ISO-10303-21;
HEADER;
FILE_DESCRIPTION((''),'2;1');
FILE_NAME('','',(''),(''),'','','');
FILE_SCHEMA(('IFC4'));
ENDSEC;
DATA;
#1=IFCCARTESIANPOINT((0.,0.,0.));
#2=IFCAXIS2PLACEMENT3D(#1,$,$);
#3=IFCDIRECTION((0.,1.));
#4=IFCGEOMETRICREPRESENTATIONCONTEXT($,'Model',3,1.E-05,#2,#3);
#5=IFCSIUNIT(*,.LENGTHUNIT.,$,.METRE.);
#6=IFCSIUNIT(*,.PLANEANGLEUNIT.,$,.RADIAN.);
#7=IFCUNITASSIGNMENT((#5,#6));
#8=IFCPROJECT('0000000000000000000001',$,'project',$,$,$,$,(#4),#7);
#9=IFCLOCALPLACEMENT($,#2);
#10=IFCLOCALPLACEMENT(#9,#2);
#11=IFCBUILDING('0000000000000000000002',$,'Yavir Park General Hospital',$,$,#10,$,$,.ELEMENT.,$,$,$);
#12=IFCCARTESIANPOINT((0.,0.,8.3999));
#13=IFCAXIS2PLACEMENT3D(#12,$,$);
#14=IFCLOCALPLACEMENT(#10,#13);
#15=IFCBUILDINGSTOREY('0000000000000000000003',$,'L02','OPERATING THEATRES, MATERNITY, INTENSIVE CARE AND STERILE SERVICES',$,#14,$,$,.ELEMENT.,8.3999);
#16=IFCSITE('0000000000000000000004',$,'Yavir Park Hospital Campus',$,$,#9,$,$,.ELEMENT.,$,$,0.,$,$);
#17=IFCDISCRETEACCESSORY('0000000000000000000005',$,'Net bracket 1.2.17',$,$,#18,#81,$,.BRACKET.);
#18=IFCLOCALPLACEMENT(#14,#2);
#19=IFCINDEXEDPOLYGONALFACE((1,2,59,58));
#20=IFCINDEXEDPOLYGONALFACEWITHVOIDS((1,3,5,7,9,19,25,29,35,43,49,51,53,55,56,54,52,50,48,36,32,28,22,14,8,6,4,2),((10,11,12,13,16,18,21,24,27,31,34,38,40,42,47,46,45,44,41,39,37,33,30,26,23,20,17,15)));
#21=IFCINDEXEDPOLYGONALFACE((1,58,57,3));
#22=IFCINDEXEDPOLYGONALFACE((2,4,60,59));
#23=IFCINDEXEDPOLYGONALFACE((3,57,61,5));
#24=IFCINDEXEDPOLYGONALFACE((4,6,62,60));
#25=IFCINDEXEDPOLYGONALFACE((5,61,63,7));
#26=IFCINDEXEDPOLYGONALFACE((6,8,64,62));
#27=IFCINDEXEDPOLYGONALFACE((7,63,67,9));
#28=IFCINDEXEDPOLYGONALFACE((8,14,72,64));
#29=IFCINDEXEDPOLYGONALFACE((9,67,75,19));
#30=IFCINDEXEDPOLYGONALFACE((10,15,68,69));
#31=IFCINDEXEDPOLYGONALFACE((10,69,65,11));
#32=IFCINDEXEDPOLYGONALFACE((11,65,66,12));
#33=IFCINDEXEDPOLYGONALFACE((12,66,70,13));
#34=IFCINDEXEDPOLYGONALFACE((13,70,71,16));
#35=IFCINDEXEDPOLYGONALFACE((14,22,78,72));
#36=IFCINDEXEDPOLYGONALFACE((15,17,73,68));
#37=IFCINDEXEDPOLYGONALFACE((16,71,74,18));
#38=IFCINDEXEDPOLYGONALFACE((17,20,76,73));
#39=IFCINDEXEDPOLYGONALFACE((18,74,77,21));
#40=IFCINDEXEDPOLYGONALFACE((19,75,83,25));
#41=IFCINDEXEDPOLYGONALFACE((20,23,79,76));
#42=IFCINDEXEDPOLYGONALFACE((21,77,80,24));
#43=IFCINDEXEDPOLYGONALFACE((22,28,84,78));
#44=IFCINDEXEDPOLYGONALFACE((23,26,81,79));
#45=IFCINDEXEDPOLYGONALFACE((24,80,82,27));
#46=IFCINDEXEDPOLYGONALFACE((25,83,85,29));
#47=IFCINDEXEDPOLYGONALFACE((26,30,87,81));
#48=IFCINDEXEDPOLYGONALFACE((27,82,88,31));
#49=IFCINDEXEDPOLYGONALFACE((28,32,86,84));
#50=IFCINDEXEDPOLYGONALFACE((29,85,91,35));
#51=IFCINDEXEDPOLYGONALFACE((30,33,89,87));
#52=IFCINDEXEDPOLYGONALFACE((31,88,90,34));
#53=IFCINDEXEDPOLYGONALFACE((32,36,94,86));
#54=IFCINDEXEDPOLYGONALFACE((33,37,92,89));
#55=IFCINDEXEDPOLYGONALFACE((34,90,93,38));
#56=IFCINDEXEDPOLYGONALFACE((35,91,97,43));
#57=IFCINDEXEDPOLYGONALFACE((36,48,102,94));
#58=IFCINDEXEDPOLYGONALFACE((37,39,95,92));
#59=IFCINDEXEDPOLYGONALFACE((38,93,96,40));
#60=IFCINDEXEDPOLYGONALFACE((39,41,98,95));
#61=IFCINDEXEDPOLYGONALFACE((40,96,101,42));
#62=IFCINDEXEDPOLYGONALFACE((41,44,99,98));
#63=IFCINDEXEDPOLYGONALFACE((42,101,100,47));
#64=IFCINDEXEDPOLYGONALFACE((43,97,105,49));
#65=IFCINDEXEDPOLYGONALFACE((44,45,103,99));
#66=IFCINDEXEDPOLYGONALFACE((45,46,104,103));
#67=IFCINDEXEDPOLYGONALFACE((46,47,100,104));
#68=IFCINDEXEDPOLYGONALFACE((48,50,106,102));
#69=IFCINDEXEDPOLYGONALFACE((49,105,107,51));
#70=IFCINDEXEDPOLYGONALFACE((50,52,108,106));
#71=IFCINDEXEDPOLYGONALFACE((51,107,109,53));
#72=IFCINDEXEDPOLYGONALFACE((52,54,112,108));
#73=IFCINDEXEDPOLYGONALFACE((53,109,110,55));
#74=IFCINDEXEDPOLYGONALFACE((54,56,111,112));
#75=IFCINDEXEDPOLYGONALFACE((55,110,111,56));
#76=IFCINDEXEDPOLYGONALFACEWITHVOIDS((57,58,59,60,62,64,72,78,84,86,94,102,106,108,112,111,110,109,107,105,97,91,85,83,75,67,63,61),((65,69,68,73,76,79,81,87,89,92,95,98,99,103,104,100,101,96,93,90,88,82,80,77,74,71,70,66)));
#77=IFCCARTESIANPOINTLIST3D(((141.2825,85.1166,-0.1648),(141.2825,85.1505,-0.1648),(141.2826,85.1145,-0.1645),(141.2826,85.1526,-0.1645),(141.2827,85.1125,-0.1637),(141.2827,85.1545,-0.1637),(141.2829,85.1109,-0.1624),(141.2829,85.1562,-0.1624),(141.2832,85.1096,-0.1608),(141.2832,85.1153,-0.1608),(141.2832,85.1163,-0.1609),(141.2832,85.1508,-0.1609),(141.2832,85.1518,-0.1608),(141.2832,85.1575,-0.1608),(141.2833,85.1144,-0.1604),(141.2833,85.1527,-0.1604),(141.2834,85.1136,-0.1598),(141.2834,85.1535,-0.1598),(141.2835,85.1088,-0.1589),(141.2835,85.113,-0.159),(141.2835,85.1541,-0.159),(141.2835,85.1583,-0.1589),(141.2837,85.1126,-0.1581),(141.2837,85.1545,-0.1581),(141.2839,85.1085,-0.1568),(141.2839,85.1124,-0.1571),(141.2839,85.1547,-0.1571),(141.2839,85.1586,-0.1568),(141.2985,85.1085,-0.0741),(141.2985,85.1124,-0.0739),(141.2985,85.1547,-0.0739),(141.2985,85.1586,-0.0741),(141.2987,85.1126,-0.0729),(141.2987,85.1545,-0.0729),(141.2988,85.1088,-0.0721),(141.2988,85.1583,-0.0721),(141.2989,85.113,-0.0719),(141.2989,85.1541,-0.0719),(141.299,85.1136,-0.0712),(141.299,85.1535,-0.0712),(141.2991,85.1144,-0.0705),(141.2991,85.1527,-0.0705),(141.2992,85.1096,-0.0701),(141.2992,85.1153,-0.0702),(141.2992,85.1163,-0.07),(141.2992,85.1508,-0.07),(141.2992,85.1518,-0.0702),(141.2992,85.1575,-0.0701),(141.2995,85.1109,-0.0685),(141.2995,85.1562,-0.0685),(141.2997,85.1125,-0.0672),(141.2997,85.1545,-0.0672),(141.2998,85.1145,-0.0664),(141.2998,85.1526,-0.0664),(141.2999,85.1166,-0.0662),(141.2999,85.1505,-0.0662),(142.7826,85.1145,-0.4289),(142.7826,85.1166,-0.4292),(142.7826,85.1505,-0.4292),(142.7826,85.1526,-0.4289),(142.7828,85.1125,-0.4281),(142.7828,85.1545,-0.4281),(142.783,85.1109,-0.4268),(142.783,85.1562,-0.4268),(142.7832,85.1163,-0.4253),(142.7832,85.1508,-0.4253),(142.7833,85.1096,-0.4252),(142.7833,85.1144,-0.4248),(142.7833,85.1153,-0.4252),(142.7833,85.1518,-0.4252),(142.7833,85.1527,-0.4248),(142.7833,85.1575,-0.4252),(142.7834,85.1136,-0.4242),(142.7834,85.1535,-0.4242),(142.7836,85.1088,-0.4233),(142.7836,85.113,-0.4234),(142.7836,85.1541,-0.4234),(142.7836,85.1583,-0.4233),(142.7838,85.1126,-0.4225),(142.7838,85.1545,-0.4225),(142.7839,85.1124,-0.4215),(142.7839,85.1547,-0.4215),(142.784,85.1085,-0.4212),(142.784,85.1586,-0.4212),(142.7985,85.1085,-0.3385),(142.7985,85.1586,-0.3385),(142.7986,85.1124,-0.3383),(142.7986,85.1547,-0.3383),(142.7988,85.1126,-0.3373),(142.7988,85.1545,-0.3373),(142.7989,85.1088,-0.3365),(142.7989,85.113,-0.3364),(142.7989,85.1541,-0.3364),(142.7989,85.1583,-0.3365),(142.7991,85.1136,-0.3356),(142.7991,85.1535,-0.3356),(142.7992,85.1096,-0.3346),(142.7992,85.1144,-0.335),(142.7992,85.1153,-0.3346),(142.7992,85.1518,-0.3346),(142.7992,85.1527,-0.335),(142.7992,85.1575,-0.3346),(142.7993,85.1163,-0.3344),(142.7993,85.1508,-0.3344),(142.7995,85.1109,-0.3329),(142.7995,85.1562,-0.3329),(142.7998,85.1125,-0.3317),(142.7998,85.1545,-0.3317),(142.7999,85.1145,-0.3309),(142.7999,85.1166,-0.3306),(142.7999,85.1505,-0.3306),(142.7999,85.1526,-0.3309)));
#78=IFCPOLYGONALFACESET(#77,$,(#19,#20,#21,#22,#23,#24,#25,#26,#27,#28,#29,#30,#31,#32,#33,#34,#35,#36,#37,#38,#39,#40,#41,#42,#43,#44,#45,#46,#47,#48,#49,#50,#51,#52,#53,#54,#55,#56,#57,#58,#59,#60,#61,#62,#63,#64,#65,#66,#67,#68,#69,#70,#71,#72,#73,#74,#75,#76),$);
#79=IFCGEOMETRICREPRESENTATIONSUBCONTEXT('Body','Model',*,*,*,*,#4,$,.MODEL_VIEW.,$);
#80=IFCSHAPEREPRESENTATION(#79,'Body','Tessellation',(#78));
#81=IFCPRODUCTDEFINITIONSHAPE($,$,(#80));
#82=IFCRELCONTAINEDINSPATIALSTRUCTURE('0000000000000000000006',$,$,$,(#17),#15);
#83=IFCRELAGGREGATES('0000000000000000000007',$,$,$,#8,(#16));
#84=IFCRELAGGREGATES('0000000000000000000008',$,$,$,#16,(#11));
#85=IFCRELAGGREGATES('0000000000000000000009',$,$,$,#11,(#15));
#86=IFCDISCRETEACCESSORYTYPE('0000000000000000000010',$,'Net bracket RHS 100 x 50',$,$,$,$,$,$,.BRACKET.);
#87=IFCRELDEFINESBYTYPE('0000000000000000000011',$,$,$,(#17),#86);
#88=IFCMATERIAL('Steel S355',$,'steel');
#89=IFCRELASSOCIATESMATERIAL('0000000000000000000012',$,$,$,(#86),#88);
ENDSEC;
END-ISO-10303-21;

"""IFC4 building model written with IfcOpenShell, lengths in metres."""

from ifc_helpers import new_model, si_unit, direction, frame, origin, origin_2d, place, context, subcontext, project, spatial, hollow_rectangle, extrude, material, material_profile, profile_set, type_object, element, save


model = new_model("IFC4")

# Units and contexts
model_context = context("Model", 3, precision=1e-05, world=origin(), true_north=direction((0.0, 1.0)))
body_context = subcontext(model_context, "Body", "Model", "MODEL_VIEW")
ifc_project = project(units=[si_unit("LENGTHUNIT", "METRE"), si_unit("PLANEANGLEUNIT", "RADIAN")], contexts=[model_context])

# Site, building, storey
site_placement = place(None, origin())
site = spatial("IfcSite", under=ifc_project, at=site_placement, Name="Yavir Park Hospital Campus", CompositionType="ELEMENT", RefElevation=0.0)
building_placement = place(site_placement, origin())
building = spatial("IfcBuilding", under=site, at=building_placement, Name="Yavir Park General Hospital", CompositionType="ELEMENT")
storey_placement = place(building_placement, frame((0.0, 0.0, 8.3999)))
storey = spatial("IfcBuildingStorey", under=building, at=storey_placement, Name="L02", Description="OPERATING THEATRES, MATERNITY, INTENSIVE CARE AND STERILE SERVICES", CompositionType="ELEMENT", Elevation=8.3999)

# Discrete accessory
ifc_material_1 = material(Name="Steel S355", Category="steel")
ifc_material_profile = material_profile(ifc_material_1, hollow_rectangle(XDim=0.05, YDim=0.1001, WallThickness=0.0039, InnerFilletRadius=0.0039, OuterFilletRadius=0.0081, at=origin_2d()), Name="RHS100x50x4")
ifc_profile_set = profile_set([ifc_material_profile], Name="Steel S355")
discrete_accessory_type_1 = type_object("IfcDiscreteAccessoryType", Name="Net bracket RHS 100 x 50", PredefinedType="BRACKET", material=ifc_profile_set)
for number, where, z_axis, x_axis, name in (
    (1, (142.7913, 85.1335, -0.3799), (-0.984817, 0.0, 0.173593), (0.0, -1.0, 0.0), "Net bracket 1.2.17"),
):
    element("IfcDiscreteAccessory", number, at=place(storey_placement, frame(where, z_axis=z_axis, x_axis=x_axis)), inside=storey, type_object=discrete_accessory_type_1, Name=name, PredefinedType="BRACKET", context=body_context, shape_type="SweptSolid", body=[
        extrude(hollow_rectangle(XDim=0.05, YDim=0.1001, WallThickness=0.0039, InnerFilletRadius=0.0039, OuterFilletRadius=0.0081, at=origin_2d()), origin(), (0.0, 0.0, 1.0), 1.5232),
    ])

save(model, "model.ifc")
